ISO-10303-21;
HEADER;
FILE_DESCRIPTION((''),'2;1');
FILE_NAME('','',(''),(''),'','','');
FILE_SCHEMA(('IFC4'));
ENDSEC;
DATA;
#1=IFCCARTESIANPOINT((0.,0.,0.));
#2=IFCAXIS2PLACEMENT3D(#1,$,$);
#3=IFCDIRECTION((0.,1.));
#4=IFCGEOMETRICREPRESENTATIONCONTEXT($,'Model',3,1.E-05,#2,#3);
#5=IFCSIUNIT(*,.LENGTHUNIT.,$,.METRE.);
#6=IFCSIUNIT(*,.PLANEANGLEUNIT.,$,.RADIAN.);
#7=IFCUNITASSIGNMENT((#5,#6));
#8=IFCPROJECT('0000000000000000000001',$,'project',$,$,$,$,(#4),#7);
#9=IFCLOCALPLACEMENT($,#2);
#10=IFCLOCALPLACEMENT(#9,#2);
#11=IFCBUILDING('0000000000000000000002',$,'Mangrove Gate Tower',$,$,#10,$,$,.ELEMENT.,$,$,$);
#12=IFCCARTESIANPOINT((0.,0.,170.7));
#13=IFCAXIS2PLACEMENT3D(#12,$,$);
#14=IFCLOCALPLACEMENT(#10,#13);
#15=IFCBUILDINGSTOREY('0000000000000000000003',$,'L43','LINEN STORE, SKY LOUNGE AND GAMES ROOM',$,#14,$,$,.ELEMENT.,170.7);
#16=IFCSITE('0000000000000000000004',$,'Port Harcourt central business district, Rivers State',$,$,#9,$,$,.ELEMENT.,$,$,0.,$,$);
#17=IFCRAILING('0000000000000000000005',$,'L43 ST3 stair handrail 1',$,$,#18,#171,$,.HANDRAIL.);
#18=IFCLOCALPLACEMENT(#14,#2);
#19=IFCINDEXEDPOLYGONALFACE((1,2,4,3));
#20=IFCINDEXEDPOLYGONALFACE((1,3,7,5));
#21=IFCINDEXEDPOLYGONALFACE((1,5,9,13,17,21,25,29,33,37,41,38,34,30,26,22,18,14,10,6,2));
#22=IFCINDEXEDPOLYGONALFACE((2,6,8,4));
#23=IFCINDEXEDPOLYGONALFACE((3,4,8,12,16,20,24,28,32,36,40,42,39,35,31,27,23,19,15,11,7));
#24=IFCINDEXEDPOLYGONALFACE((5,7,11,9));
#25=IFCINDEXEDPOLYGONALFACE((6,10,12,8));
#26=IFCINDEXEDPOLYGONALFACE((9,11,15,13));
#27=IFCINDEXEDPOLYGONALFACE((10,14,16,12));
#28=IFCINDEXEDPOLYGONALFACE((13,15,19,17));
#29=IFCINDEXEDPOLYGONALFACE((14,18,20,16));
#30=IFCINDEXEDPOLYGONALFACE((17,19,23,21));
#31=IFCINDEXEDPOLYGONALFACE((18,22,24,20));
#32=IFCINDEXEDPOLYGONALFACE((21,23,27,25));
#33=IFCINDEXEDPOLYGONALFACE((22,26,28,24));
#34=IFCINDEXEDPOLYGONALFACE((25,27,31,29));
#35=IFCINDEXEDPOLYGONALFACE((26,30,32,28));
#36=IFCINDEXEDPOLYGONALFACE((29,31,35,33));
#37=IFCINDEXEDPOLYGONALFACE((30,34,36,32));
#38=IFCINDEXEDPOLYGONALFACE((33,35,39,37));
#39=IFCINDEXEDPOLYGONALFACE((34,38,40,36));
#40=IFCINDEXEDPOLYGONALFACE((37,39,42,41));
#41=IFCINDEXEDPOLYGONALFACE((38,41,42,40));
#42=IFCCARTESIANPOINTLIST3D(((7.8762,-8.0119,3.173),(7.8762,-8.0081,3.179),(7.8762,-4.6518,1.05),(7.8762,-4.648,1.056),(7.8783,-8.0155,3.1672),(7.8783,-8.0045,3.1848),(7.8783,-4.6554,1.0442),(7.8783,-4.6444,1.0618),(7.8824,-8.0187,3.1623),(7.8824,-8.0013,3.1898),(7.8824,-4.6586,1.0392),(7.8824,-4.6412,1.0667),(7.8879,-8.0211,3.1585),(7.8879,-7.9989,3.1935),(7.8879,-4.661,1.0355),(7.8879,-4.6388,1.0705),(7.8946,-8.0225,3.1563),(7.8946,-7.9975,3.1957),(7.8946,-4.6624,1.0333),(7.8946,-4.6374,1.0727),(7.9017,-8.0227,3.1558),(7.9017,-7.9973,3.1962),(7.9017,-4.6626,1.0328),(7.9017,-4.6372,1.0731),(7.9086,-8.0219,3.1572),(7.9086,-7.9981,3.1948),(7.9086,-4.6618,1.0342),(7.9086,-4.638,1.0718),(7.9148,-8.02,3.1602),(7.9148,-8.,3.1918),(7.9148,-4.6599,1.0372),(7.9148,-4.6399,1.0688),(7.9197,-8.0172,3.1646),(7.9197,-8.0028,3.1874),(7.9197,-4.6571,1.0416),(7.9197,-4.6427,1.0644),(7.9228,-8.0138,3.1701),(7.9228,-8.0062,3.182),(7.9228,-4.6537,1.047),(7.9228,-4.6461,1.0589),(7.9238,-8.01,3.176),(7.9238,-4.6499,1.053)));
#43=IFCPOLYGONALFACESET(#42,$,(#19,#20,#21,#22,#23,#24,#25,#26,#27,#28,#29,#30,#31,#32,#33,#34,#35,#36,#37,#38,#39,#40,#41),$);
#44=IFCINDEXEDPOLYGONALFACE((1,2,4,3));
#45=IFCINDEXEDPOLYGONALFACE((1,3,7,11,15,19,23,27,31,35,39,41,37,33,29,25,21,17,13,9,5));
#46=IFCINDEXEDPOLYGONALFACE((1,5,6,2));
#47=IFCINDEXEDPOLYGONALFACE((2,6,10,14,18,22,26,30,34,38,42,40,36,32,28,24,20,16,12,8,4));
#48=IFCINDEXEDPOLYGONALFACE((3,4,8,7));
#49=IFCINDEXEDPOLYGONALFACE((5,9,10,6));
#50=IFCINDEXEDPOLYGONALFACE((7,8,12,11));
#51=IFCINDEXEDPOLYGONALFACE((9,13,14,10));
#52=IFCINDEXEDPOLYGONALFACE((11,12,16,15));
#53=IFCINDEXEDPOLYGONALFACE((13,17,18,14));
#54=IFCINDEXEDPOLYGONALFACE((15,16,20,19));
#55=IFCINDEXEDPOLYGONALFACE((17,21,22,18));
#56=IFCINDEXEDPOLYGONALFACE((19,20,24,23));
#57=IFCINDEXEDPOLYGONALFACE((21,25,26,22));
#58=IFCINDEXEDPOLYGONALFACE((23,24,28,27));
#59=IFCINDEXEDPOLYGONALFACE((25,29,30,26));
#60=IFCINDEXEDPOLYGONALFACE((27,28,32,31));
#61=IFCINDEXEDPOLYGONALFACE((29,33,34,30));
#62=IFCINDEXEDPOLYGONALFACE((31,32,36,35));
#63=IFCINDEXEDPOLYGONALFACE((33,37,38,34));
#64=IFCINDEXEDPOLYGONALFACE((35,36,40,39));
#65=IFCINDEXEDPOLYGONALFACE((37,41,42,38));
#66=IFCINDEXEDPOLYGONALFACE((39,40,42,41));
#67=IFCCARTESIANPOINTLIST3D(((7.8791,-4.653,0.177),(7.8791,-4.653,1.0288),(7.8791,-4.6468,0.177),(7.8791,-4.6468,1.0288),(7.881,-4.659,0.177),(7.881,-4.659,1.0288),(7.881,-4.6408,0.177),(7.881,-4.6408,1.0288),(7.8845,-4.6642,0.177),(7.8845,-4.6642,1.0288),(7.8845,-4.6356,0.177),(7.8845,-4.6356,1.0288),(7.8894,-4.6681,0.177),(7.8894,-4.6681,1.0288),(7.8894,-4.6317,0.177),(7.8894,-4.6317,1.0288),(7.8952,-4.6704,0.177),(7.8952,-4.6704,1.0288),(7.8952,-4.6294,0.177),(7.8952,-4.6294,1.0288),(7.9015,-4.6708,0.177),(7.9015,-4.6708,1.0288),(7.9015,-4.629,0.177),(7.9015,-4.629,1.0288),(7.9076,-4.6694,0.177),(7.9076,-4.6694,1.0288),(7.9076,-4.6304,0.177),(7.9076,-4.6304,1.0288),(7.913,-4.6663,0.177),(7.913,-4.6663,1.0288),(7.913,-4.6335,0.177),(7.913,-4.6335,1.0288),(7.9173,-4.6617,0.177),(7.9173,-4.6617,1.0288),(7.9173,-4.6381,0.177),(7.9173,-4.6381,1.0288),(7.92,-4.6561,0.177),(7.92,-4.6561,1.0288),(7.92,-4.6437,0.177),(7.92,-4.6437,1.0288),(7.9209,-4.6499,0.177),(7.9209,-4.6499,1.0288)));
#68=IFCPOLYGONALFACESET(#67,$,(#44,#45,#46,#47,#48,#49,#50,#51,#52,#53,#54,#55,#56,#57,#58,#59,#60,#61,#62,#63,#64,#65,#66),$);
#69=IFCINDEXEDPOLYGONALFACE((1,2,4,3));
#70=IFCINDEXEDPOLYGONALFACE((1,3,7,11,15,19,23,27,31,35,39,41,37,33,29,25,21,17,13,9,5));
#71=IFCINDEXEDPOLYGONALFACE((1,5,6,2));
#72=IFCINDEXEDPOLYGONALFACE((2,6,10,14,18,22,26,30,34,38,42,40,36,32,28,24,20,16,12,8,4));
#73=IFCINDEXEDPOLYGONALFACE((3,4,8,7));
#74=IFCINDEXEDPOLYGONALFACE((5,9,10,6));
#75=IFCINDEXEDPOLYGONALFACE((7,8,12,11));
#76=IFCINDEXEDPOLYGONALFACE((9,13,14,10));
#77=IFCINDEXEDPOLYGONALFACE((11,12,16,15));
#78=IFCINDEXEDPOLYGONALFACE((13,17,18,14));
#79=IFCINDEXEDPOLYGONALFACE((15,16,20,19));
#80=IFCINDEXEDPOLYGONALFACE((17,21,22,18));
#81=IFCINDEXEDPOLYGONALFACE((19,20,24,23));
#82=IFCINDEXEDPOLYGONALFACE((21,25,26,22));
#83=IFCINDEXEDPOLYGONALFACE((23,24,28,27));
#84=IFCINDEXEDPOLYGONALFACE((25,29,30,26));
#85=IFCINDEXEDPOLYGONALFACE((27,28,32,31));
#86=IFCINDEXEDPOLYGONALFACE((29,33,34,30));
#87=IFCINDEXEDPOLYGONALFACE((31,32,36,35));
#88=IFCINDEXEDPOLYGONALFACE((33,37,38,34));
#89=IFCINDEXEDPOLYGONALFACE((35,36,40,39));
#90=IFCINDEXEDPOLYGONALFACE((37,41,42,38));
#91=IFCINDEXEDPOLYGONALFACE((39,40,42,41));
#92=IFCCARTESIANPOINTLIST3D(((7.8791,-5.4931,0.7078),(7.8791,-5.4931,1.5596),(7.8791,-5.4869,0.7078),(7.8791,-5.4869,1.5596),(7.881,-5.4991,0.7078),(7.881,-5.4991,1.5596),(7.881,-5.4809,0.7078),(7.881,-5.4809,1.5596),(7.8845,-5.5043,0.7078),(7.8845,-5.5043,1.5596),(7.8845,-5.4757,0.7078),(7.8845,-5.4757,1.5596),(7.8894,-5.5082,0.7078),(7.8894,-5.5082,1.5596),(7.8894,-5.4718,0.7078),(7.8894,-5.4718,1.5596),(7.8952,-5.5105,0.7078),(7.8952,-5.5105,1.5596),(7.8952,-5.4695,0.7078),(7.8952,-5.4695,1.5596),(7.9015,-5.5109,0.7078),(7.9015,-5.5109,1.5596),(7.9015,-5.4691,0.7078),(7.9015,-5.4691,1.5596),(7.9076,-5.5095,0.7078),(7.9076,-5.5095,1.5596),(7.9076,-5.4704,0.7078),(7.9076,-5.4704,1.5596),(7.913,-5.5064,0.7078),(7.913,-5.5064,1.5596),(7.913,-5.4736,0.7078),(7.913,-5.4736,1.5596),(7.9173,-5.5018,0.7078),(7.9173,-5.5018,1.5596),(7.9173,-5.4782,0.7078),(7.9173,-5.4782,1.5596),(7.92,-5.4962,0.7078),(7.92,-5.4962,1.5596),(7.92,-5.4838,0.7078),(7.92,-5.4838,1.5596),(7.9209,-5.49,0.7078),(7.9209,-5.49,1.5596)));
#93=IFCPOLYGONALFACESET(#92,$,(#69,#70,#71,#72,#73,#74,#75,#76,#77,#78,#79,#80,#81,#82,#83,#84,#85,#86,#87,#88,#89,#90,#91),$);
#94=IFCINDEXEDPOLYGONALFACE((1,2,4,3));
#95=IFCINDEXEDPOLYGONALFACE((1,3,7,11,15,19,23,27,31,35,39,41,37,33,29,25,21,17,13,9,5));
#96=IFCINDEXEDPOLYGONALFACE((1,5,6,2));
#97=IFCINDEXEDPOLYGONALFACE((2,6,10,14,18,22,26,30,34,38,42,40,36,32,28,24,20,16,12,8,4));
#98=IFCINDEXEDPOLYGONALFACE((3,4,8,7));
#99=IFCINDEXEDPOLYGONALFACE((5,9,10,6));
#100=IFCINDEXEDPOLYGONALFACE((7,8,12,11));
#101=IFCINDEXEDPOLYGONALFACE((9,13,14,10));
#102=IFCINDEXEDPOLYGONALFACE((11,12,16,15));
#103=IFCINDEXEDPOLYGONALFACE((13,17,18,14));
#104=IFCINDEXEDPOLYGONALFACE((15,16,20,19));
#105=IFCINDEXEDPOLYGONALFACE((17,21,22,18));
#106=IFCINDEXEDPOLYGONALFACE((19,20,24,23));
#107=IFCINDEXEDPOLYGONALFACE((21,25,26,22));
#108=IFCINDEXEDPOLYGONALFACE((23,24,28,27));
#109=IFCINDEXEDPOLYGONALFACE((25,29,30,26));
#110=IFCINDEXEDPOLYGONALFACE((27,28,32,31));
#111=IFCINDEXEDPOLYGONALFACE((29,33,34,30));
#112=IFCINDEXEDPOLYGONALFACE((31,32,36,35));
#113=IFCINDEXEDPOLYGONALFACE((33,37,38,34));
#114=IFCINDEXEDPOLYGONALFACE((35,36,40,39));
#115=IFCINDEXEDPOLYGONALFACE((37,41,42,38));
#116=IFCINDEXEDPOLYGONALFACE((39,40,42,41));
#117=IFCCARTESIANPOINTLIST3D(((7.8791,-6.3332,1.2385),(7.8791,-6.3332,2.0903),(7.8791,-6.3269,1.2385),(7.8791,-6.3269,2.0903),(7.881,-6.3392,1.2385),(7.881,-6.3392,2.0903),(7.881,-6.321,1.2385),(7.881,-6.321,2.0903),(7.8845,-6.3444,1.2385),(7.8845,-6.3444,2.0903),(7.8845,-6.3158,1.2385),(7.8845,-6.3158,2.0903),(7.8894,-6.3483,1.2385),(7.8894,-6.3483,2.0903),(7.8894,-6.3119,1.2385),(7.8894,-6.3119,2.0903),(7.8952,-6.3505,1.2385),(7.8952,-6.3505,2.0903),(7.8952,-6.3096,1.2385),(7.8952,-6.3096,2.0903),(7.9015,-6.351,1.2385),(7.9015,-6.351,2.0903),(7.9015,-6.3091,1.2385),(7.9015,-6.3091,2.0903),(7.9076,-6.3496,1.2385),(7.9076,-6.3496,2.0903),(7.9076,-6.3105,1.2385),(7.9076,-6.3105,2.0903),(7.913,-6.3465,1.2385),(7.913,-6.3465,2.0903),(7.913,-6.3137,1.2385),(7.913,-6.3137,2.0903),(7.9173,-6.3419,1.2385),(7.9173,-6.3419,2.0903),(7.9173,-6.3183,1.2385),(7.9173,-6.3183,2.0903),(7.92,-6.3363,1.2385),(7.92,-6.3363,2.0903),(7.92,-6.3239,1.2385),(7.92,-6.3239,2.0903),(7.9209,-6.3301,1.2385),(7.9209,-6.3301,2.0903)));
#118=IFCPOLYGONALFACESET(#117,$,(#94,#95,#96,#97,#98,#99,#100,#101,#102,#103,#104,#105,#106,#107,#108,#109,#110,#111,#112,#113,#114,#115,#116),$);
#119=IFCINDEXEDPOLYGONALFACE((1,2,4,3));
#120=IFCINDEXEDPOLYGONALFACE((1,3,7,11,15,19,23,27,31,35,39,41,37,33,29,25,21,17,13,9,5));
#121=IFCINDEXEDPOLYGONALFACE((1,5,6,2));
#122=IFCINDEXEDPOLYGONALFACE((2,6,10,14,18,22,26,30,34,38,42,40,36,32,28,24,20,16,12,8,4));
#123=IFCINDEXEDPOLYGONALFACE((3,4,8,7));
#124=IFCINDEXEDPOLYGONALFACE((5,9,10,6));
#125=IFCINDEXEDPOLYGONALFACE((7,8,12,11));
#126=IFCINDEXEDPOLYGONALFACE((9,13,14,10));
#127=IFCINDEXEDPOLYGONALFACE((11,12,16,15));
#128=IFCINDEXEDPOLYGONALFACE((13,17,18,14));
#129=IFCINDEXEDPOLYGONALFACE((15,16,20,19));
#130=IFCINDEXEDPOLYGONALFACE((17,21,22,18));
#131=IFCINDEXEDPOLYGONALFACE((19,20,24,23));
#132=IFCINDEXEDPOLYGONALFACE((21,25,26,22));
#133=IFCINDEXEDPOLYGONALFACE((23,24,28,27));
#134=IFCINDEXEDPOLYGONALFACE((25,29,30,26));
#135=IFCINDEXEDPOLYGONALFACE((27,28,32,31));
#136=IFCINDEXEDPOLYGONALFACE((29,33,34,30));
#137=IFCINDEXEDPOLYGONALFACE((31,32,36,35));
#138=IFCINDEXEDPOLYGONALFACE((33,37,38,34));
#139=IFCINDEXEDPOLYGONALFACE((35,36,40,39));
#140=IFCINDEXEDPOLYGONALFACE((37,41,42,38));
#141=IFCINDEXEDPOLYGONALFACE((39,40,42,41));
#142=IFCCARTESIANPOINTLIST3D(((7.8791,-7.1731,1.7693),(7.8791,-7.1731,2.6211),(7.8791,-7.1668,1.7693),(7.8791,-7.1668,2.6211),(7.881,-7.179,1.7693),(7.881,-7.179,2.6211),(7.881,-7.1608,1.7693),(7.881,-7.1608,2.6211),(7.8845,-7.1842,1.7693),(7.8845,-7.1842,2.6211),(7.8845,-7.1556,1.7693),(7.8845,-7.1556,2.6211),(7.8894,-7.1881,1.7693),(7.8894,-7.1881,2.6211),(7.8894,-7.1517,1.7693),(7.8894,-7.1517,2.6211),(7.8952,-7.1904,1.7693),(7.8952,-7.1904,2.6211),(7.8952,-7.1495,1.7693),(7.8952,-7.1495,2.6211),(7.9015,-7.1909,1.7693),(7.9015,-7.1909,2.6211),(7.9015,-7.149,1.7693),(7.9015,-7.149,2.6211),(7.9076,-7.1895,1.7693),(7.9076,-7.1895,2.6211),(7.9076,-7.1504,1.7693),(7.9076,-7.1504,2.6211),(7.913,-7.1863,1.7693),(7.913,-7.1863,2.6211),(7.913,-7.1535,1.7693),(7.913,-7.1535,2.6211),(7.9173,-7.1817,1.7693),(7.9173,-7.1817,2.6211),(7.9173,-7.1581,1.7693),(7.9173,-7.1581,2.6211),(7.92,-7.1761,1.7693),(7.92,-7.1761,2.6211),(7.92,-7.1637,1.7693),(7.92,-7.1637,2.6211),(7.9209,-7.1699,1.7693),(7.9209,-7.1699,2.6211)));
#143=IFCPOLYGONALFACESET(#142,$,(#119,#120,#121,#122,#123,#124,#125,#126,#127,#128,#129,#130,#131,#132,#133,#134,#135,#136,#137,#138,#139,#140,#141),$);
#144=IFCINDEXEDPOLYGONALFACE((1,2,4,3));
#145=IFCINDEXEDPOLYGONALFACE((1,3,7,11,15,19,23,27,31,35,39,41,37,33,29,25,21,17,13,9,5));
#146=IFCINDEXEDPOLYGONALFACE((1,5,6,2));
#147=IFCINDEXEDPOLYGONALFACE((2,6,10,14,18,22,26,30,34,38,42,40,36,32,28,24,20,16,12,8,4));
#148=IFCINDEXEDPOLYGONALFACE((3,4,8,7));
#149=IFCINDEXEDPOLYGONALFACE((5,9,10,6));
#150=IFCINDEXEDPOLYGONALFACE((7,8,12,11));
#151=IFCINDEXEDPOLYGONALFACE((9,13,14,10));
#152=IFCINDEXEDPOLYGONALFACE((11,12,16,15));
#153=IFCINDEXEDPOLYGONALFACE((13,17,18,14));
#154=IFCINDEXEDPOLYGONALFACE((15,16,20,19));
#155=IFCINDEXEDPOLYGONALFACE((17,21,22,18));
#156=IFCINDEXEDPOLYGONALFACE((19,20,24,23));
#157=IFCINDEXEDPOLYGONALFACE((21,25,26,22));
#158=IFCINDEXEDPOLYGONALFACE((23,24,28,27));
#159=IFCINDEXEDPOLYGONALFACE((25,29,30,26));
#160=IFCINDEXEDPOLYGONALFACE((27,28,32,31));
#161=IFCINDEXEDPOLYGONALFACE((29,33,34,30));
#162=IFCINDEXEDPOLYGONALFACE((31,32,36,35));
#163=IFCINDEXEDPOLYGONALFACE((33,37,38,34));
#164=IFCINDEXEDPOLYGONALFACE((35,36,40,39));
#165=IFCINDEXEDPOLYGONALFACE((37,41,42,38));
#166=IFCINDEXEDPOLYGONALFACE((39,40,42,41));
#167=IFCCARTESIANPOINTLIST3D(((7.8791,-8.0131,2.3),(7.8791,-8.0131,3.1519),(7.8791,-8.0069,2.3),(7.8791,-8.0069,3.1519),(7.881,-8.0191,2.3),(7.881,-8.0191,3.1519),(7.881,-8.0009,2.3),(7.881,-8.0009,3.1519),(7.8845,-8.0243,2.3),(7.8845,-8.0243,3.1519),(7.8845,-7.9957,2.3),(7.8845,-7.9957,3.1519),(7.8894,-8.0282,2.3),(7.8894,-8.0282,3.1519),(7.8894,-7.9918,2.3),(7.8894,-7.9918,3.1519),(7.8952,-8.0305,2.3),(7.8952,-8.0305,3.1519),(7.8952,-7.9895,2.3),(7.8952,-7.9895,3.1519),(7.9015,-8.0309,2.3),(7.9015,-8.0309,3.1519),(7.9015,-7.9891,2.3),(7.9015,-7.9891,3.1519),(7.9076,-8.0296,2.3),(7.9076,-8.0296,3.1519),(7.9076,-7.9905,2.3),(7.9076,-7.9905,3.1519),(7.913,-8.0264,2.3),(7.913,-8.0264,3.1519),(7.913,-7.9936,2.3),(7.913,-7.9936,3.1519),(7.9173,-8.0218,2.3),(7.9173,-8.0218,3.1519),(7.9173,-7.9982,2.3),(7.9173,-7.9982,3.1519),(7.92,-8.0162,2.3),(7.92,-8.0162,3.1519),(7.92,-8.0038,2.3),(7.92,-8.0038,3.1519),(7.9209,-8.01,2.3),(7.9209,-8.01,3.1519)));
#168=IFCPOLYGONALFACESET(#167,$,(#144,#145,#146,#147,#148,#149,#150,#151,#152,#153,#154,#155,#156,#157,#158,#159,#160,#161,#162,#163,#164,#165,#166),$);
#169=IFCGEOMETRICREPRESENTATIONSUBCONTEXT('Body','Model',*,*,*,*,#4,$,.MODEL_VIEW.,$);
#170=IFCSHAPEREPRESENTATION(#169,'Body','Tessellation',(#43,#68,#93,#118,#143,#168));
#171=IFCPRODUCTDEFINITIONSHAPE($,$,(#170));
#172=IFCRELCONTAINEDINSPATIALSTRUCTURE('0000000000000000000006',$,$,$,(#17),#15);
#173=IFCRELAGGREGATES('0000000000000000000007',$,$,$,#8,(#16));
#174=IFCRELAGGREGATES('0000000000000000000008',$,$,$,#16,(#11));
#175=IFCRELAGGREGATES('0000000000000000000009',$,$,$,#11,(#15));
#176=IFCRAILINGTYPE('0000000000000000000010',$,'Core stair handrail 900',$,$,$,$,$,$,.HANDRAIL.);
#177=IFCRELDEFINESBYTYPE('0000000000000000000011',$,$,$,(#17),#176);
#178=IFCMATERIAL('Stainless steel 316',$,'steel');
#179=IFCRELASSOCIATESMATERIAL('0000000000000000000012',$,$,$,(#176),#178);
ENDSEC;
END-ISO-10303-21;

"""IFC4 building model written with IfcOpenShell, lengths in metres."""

from ifc_helpers import new_model, si_unit, direction, frame, origin, origin_2d, place, context, subcontext, project, spatial, circle, extrude, material, type_object, element, save


model = new_model("IFC4")

# Units and contexts
model_context = context("Model", 3, precision=1e-05, world=origin(), true_north=direction((0.0, 1.0)))
body_context = subcontext(model_context, "Body", "Model", "MODEL_VIEW")
ifc_project = project(units=[si_unit("LENGTHUNIT", "METRE"), si_unit("PLANEANGLEUNIT", "RADIAN")], contexts=[model_context])

# Site, building, storey
site_placement = place(None, origin())
site = spatial("IfcSite", under=ifc_project, at=site_placement, Name="Port Harcourt central business district, Rivers State", CompositionType="ELEMENT", RefElevation=0.0)
building_placement = place(site_placement, origin())
building = spatial("IfcBuilding", under=site, at=building_placement, Name="Mangrove Gate Tower", CompositionType="ELEMENT")
storey_placement = place(building_placement, frame((0.0, 0.0, 170.7)))
storey = spatial("IfcBuildingStorey", under=building, at=storey_placement, Name="L43", Description="LINEN STORE, SKY LOUNGE AND GAMES ROOM", CompositionType="ELEMENT", Elevation=170.7)

# Railing
ifc_material_1 = material(Name="Stainless steel 316", Category="steel")
railing_type_1 = type_object("IfcRailingType", Name="Core stair handrail 900", PredefinedType="HANDRAIL", material=ifc_material_1)
railing_1_placement = place(storey_placement, frame((7.8999, -4.6499, 0.177)))
element("IfcRailing", 1, at=railing_1_placement, inside=storey, type_object=railing_type_1, Name="L43 ST3 stair handrail 1", PredefinedType="HANDRAIL", context=body_context, shape_type="SweptSolid", body=[
    extrude(circle(Radius=0.0239, at=origin_2d()), frame((0.0, 0.0, 0.876), z_axis=(0.0, -0.84539, 0.53415), x_axis=(1.0, 0.0, 0.0)), (0.0, 0.0, 1.0), 3.9746),
    extrude(circle(Radius=0.021, at=origin_2d()), origin(), (0.0, 0.0, 1.0), 0.8518),
    extrude(circle(Radius=0.021, at=origin_2d()), frame((0.0, -0.8401, 0.5308)), (0.0, 0.0, 1.0), 0.8518),
    extrude(circle(Radius=0.021, at=origin_2d()), frame((0.0, -1.6802, 1.0615)), (0.0, 0.0, 1.0), 0.8518),
    extrude(circle(Radius=0.021, at=origin_2d()), frame((0.0, -2.52, 1.5923)), (0.0, 0.0, 1.0), 0.8518),
    extrude(circle(Radius=0.021, at=origin_2d()), frame((0.0, -3.3601, 2.123)), (0.0, 0.0, 1.0), 0.8518),
])

save(model, "model.ifc")
